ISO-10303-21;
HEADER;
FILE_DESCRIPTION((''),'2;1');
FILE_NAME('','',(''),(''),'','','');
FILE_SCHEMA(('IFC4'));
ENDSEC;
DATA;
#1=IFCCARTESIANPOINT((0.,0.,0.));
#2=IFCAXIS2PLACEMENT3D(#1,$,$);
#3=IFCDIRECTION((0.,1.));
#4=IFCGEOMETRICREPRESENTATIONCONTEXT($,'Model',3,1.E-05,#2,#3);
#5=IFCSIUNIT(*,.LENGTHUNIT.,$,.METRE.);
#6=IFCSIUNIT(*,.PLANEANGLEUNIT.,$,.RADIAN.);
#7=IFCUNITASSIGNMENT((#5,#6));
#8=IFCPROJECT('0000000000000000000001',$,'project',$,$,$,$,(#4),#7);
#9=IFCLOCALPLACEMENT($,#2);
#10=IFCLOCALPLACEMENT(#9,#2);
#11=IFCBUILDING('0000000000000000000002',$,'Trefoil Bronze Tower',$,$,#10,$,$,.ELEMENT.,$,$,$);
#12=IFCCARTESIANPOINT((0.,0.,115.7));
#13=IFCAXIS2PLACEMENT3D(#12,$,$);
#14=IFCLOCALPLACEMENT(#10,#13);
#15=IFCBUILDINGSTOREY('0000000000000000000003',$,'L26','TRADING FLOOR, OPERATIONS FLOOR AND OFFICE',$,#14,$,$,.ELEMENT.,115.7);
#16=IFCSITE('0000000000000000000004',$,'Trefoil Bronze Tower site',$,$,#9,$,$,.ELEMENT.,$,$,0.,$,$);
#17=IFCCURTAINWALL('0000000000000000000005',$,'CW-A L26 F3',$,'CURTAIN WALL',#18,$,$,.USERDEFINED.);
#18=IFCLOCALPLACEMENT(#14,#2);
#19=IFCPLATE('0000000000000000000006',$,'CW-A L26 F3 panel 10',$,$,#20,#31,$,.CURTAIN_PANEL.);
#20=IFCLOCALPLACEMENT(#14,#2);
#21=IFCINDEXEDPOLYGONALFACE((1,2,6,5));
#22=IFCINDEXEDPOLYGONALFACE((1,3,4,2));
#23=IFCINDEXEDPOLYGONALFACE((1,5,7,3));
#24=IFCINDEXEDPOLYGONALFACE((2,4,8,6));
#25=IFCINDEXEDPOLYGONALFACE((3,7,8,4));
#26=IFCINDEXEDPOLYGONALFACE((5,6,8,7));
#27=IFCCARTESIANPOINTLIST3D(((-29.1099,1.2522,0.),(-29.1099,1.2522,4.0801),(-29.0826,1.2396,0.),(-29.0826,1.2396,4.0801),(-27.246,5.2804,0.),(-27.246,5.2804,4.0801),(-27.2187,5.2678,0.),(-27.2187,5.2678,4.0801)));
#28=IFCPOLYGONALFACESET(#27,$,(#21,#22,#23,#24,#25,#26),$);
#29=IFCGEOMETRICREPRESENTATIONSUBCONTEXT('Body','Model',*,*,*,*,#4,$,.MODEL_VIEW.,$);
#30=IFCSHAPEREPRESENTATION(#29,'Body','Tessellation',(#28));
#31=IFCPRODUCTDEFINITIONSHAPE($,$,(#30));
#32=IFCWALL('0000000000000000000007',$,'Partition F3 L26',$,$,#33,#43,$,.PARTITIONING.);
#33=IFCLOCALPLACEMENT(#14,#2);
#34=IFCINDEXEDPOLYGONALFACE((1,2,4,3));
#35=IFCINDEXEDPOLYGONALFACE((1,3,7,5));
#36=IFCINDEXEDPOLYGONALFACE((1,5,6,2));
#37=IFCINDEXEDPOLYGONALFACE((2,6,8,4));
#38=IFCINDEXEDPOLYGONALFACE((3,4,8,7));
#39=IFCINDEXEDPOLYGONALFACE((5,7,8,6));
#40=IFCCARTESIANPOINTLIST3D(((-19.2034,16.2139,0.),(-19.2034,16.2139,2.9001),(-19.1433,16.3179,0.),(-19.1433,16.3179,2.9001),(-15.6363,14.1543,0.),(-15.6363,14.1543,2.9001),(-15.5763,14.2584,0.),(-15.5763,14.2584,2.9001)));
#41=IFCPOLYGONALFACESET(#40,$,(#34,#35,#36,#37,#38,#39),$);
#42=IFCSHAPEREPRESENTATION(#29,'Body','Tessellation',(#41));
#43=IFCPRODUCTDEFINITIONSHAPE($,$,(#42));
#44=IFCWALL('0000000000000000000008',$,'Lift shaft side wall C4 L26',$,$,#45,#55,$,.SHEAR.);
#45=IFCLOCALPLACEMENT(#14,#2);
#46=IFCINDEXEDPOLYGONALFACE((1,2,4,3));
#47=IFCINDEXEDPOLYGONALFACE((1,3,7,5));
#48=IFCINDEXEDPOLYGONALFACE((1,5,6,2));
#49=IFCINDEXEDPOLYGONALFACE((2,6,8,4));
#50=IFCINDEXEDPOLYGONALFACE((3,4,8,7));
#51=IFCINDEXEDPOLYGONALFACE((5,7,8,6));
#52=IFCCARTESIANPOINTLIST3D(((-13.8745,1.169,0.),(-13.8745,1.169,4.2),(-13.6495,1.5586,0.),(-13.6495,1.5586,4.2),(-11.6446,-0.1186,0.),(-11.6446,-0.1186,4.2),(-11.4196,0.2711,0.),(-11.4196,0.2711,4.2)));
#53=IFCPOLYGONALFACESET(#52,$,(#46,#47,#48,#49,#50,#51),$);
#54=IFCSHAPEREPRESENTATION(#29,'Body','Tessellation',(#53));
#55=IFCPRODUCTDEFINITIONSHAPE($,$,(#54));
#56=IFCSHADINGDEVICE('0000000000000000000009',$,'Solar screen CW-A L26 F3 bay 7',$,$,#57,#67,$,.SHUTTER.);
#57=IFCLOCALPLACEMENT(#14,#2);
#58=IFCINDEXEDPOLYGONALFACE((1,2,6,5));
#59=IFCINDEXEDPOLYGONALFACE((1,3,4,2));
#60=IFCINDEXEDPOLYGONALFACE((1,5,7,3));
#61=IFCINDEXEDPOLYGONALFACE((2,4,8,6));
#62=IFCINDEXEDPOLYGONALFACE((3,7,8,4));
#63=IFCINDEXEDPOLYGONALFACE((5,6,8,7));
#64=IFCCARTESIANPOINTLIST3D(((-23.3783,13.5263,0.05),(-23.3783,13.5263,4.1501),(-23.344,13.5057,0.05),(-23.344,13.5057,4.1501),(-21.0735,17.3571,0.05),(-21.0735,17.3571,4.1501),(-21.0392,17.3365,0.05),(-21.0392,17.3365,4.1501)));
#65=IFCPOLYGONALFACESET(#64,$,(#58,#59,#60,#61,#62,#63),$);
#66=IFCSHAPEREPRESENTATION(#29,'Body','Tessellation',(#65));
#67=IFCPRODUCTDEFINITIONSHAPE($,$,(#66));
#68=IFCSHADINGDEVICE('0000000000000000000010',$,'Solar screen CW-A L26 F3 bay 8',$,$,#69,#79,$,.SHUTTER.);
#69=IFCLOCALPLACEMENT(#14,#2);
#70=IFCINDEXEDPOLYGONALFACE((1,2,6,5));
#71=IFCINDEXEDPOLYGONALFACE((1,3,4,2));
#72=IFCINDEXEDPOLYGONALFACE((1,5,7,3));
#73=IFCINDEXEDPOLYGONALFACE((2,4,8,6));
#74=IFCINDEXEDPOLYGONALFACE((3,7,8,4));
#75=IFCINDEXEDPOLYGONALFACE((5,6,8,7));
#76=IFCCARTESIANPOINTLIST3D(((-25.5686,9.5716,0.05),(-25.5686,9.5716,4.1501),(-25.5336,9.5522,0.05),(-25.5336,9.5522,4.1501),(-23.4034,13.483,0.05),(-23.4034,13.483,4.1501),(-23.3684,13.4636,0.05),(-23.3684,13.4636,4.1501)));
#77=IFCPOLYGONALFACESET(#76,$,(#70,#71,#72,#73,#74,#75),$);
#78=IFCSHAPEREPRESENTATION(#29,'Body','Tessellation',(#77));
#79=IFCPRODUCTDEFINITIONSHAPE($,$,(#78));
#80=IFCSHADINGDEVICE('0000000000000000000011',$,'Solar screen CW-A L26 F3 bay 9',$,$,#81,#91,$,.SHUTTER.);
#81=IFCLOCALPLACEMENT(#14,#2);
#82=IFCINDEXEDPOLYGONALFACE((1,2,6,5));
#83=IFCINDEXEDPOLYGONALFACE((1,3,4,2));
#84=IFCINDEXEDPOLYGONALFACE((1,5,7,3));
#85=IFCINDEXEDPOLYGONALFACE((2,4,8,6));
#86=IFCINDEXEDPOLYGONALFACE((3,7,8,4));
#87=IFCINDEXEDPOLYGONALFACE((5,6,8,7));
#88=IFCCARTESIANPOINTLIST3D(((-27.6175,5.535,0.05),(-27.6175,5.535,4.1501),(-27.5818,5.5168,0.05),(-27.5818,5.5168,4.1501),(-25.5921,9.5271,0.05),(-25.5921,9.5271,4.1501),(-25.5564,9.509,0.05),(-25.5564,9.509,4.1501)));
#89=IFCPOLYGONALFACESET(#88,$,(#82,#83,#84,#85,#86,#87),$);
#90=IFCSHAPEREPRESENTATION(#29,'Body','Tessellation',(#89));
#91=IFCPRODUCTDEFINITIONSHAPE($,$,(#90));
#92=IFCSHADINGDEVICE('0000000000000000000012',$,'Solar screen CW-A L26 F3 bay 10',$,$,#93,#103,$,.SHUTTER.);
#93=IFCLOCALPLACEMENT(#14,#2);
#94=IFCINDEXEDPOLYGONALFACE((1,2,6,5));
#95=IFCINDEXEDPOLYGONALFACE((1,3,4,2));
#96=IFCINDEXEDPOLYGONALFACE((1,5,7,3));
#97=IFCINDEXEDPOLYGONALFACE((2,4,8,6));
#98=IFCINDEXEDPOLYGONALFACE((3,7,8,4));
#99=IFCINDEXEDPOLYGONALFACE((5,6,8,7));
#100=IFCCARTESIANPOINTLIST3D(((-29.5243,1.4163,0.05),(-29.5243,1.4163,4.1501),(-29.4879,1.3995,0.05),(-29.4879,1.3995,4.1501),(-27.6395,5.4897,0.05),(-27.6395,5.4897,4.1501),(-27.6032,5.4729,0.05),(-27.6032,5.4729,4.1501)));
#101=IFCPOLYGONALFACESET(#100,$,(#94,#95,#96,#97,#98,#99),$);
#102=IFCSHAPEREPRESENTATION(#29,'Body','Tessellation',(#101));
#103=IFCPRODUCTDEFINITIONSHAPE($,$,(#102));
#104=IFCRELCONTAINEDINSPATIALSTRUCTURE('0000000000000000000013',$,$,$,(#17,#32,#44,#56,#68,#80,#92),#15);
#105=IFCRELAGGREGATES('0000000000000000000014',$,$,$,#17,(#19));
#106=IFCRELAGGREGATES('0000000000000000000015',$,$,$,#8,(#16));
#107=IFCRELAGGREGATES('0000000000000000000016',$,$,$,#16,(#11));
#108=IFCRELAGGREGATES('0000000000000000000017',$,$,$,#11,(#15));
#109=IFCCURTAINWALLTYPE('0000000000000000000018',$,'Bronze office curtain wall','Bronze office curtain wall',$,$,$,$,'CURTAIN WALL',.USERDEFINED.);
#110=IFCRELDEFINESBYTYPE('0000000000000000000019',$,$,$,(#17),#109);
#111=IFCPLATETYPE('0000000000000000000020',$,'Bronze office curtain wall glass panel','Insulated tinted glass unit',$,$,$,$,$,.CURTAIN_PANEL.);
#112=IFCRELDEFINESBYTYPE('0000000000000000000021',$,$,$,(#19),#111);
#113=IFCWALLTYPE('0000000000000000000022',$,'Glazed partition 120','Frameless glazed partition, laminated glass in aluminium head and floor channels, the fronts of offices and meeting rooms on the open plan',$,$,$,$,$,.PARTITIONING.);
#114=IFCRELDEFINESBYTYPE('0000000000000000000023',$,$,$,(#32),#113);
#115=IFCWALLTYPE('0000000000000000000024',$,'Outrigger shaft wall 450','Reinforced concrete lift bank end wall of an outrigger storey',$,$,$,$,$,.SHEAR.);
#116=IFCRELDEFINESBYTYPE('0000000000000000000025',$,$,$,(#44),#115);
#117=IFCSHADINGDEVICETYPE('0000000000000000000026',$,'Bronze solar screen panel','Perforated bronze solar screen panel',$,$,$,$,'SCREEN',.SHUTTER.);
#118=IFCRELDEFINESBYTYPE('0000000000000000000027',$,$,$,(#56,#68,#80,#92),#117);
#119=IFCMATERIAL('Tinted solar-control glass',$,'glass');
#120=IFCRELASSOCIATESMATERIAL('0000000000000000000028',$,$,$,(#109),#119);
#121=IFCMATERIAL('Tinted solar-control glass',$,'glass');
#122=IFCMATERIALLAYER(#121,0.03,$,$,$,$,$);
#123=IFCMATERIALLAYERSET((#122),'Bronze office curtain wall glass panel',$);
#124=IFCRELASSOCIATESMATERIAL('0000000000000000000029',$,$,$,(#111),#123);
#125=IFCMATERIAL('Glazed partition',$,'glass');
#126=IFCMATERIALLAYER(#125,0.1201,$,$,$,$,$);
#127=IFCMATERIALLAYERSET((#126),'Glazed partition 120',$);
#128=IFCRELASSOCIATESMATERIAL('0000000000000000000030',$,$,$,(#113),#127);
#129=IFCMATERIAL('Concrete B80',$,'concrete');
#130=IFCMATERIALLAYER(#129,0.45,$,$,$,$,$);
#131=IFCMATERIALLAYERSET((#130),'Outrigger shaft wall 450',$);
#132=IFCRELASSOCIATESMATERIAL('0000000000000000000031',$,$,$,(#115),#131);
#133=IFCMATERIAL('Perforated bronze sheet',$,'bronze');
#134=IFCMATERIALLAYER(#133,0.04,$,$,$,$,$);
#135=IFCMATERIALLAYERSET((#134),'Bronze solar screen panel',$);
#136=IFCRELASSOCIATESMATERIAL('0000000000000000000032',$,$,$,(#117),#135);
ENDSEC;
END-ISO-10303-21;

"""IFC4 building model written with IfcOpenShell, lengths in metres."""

from ifc_helpers import new_model, si_unit, direction, frame, frame_2d, origin, origin_2d, place, context, subcontext, project, spatial, rectangle, extrude, material, layer, layer_set, type_object, element, aggregate, save


model = new_model("IFC4")

# Units and contexts
model_context = context("Model", 3, precision=1e-05, world=origin(), true_north=direction((0.0, 1.0)))
body_context = subcontext(model_context, "Body", "Model", "MODEL_VIEW")
ifc_project = project(units=[si_unit("LENGTHUNIT", "METRE"), si_unit("PLANEANGLEUNIT", "RADIAN")], contexts=[model_context])

# Site, building, storey
site_placement = place(None, origin())
site = spatial("IfcSite", under=ifc_project, at=site_placement, Name="Trefoil Bronze Tower site", CompositionType="ELEMENT", RefElevation=0.0)
building_placement = place(site_placement, origin())
building = spatial("IfcBuilding", under=site, at=building_placement, Name="Trefoil Bronze Tower", CompositionType="ELEMENT")
storey_placement = place(building_placement, frame((0.0, 0.0, 115.7)))
storey = spatial("IfcBuildingStorey", under=building, at=storey_placement, Name="L26", Description="TRADING FLOOR, OPERATIONS FLOOR AND OFFICE", CompositionType="ELEMENT", Elevation=115.7)

# Curtain wall
ifc_material_1 = material(Name="Tinted solar-control glass", Category="glass")
curtain_wall_type = type_object("IfcCurtainWallType", Name="Bronze office curtain wall", Description="Bronze office curtain wall", ElementType="CURTAIN WALL", PredefinedType="USERDEFINED", material=ifc_material_1)
curtain_wall_placement = place(storey_placement, origin())
curtain_wall = element("IfcCurtainWall", 1, at=curtain_wall_placement, inside=storey, type_object=curtain_wall_type, Name="CW-A L26 F3", ObjectType="CURTAIN WALL", PredefinedType="USERDEFINED")

# Plate
ifc_material_2 = material(Name="Tinted solar-control glass", Category="glass")
ifc_layer_1 = layer(ifc_material_2, 0.03)
ifc_layer_set_1 = layer_set([ifc_layer_1], Name="Bronze office curtain wall glass panel")
plate_type = type_object("IfcPlateType", Name="Bronze office curtain wall glass panel", Description="Insulated tinted glass unit", PredefinedType="CURTAIN_PANEL", material=ifc_layer_set_1)
plate_1_placement = place(storey_placement, frame((-28.1643, 3.26, 0.0), z_axis=(0.0, 0.0, 1.0), x_axis=(-0.419933, -0.907555, 0.0)))
plate_1 = element("IfcPlate", 2, at=plate_1_placement, type_object=plate_type, Name="CW-A L26 F3 panel 10", PredefinedType="CURTAIN_PANEL", context=body_context, shape_type="SweptSolid", body=[
    extrude(rectangle(XDim=4.4385, YDim=0.03, at=origin_2d()), origin(), (0.0, 0.0, 1.0), 4.0801),
])
aggregate(curtain_wall, [plate_1])

# Walls
ifc_material_3 = material(Name="Glazed partition", Category="glass")
ifc_layer_2 = layer(ifc_material_3, 0.1201)
ifc_layer_set_2 = layer_set([ifc_layer_2], Name="Glazed partition 120")
wall_type_1 = type_object("IfcWallType", Name="Glazed partition 120", Description="Frameless glazed partition, laminated glass in aluminium head and floor channels, the fronts of offices and meeting rooms on the open plan", PredefinedType="PARTITIONING", material=ifc_layer_set_2)
wall_1_placement = place(storey_placement, frame((-15.6062, 14.2063, 0.0), z_axis=(0.0, 0.0, 1.0), x_axis=(-0.866017, 0.500015, 0.0)))
element("IfcWall", 3, at=wall_1_placement, inside=storey, type_object=wall_type_1, Name="Partition F3 L26", PredefinedType="PARTITIONING", context=body_context, shape_type="SweptSolid", body=[
    extrude(rectangle(XDim=4.1189, YDim=0.1201, at=frame_2d((2.0596, 0.0))), origin(), (0.0, 0.0, 1.0), 2.9001),
])
ifc_material_4 = material(Name="Concrete B80", Category="concrete")
ifc_layer_3 = layer(ifc_material_4, 0.45)
ifc_layer_set_3 = layer_set([ifc_layer_3], Name="Outrigger shaft wall 450")
wall_type_2 = type_object("IfcWallType", Name="Outrigger shaft wall 450", Description="Reinforced concrete lift bank end wall of an outrigger storey", PredefinedType="SHEAR", material=ifc_layer_set_3)
wall_2_placement = place(storey_placement, frame((-11.532, 0.0762, 0.0), z_axis=(0.0, 0.0, 1.0), x_axis=(-0.866006, 0.500034, 0.0)))
element("IfcWall", 4, at=wall_2_placement, inside=storey, type_object=wall_type_2, Name="Lift shaft side wall C4 L26", PredefinedType="SHEAR", context=body_context, shape_type="SweptSolid", body=[
    extrude(rectangle(XDim=2.575, YDim=0.45, at=frame_2d((1.2876, 0.0))), origin(), (0.0, 0.0, 1.0), 4.2),
])

# Shading devices
ifc_material_5 = material(Name="Perforated bronze sheet", Category="bronze")
ifc_layer_4 = layer(ifc_material_5, 0.04)
ifc_layer_set_4 = layer_set([ifc_layer_4], Name="Bronze solar screen panel")
shading_device_type = type_object("IfcShadingDeviceType", Name="Bronze solar screen panel", Description="Perforated bronze solar screen panel", ElementType="SCREEN", PredefinedType="SHUTTER", material=ifc_layer_set_4)
for number, where, z_axis, x_axis, name in (
    (5, (-22.2087, 15.4314, 0.05), (0.0, 0.0, 1.0), (-0.515525, -0.856874, 0.0), "Solar screen CW-A L26 F3 bay 7"),
    (6, (-24.4685, 11.5176, 0.05), (0.0, 0.0, 1.0), (-0.484312, -0.874895, 0.0), "Solar screen CW-A L26 F3 bay 8"),
):
    element("IfcShadingDevice", number, at=place(storey_placement, frame(where, z_axis=z_axis, x_axis=x_axis)), inside=storey, type_object=shading_device_type, Name=name, PredefinedType="SHUTTER", context=body_context, shape_type="SweptSolid", body=[
        extrude(rectangle(XDim=4.4707, YDim=0.04, at=origin_2d()), origin(), (0.0, 0.0, 1.0), 4.1001),
    ])
shading_device_1_placement = place(storey_placement, frame((-26.5869, 7.522, 0.05), z_axis=(0.0, 0.0, 1.0), x_axis=(-0.452449, -0.89179, 0.0)))
element("IfcShadingDevice", 7, at=shading_device_1_placement, inside=storey, type_object=shading_device_type, Name="Solar screen CW-A L26 F3 bay 9", PredefinedType="SHUTTER", context=body_context, shape_type="SweptSolid", body=[
    extrude(rectangle(XDim=4.4766, YDim=0.04, at=origin_2d()), origin(), (0.0, 0.0, 1.0), 4.1001),
])
shading_device_2_placement = place(storey_placement, frame((-28.5637, 3.4446, 0.05), z_axis=(0.0, 0.0, 1.0), x_axis=(-0.419933, -0.907555, 0.0)))
element("IfcShadingDevice", 8, at=shading_device_2_placement, inside=storey, type_object=shading_device_type, Name="Solar screen CW-A L26 F3 bay 10", PredefinedType="SHUTTER", context=body_context, shape_type="SweptSolid", body=[
    extrude(rectangle(XDim=4.4883, YDim=0.04, at=origin_2d()), origin(), (0.0, 0.0, 1.0), 4.1001),
])

save(model, "model.ifc")
